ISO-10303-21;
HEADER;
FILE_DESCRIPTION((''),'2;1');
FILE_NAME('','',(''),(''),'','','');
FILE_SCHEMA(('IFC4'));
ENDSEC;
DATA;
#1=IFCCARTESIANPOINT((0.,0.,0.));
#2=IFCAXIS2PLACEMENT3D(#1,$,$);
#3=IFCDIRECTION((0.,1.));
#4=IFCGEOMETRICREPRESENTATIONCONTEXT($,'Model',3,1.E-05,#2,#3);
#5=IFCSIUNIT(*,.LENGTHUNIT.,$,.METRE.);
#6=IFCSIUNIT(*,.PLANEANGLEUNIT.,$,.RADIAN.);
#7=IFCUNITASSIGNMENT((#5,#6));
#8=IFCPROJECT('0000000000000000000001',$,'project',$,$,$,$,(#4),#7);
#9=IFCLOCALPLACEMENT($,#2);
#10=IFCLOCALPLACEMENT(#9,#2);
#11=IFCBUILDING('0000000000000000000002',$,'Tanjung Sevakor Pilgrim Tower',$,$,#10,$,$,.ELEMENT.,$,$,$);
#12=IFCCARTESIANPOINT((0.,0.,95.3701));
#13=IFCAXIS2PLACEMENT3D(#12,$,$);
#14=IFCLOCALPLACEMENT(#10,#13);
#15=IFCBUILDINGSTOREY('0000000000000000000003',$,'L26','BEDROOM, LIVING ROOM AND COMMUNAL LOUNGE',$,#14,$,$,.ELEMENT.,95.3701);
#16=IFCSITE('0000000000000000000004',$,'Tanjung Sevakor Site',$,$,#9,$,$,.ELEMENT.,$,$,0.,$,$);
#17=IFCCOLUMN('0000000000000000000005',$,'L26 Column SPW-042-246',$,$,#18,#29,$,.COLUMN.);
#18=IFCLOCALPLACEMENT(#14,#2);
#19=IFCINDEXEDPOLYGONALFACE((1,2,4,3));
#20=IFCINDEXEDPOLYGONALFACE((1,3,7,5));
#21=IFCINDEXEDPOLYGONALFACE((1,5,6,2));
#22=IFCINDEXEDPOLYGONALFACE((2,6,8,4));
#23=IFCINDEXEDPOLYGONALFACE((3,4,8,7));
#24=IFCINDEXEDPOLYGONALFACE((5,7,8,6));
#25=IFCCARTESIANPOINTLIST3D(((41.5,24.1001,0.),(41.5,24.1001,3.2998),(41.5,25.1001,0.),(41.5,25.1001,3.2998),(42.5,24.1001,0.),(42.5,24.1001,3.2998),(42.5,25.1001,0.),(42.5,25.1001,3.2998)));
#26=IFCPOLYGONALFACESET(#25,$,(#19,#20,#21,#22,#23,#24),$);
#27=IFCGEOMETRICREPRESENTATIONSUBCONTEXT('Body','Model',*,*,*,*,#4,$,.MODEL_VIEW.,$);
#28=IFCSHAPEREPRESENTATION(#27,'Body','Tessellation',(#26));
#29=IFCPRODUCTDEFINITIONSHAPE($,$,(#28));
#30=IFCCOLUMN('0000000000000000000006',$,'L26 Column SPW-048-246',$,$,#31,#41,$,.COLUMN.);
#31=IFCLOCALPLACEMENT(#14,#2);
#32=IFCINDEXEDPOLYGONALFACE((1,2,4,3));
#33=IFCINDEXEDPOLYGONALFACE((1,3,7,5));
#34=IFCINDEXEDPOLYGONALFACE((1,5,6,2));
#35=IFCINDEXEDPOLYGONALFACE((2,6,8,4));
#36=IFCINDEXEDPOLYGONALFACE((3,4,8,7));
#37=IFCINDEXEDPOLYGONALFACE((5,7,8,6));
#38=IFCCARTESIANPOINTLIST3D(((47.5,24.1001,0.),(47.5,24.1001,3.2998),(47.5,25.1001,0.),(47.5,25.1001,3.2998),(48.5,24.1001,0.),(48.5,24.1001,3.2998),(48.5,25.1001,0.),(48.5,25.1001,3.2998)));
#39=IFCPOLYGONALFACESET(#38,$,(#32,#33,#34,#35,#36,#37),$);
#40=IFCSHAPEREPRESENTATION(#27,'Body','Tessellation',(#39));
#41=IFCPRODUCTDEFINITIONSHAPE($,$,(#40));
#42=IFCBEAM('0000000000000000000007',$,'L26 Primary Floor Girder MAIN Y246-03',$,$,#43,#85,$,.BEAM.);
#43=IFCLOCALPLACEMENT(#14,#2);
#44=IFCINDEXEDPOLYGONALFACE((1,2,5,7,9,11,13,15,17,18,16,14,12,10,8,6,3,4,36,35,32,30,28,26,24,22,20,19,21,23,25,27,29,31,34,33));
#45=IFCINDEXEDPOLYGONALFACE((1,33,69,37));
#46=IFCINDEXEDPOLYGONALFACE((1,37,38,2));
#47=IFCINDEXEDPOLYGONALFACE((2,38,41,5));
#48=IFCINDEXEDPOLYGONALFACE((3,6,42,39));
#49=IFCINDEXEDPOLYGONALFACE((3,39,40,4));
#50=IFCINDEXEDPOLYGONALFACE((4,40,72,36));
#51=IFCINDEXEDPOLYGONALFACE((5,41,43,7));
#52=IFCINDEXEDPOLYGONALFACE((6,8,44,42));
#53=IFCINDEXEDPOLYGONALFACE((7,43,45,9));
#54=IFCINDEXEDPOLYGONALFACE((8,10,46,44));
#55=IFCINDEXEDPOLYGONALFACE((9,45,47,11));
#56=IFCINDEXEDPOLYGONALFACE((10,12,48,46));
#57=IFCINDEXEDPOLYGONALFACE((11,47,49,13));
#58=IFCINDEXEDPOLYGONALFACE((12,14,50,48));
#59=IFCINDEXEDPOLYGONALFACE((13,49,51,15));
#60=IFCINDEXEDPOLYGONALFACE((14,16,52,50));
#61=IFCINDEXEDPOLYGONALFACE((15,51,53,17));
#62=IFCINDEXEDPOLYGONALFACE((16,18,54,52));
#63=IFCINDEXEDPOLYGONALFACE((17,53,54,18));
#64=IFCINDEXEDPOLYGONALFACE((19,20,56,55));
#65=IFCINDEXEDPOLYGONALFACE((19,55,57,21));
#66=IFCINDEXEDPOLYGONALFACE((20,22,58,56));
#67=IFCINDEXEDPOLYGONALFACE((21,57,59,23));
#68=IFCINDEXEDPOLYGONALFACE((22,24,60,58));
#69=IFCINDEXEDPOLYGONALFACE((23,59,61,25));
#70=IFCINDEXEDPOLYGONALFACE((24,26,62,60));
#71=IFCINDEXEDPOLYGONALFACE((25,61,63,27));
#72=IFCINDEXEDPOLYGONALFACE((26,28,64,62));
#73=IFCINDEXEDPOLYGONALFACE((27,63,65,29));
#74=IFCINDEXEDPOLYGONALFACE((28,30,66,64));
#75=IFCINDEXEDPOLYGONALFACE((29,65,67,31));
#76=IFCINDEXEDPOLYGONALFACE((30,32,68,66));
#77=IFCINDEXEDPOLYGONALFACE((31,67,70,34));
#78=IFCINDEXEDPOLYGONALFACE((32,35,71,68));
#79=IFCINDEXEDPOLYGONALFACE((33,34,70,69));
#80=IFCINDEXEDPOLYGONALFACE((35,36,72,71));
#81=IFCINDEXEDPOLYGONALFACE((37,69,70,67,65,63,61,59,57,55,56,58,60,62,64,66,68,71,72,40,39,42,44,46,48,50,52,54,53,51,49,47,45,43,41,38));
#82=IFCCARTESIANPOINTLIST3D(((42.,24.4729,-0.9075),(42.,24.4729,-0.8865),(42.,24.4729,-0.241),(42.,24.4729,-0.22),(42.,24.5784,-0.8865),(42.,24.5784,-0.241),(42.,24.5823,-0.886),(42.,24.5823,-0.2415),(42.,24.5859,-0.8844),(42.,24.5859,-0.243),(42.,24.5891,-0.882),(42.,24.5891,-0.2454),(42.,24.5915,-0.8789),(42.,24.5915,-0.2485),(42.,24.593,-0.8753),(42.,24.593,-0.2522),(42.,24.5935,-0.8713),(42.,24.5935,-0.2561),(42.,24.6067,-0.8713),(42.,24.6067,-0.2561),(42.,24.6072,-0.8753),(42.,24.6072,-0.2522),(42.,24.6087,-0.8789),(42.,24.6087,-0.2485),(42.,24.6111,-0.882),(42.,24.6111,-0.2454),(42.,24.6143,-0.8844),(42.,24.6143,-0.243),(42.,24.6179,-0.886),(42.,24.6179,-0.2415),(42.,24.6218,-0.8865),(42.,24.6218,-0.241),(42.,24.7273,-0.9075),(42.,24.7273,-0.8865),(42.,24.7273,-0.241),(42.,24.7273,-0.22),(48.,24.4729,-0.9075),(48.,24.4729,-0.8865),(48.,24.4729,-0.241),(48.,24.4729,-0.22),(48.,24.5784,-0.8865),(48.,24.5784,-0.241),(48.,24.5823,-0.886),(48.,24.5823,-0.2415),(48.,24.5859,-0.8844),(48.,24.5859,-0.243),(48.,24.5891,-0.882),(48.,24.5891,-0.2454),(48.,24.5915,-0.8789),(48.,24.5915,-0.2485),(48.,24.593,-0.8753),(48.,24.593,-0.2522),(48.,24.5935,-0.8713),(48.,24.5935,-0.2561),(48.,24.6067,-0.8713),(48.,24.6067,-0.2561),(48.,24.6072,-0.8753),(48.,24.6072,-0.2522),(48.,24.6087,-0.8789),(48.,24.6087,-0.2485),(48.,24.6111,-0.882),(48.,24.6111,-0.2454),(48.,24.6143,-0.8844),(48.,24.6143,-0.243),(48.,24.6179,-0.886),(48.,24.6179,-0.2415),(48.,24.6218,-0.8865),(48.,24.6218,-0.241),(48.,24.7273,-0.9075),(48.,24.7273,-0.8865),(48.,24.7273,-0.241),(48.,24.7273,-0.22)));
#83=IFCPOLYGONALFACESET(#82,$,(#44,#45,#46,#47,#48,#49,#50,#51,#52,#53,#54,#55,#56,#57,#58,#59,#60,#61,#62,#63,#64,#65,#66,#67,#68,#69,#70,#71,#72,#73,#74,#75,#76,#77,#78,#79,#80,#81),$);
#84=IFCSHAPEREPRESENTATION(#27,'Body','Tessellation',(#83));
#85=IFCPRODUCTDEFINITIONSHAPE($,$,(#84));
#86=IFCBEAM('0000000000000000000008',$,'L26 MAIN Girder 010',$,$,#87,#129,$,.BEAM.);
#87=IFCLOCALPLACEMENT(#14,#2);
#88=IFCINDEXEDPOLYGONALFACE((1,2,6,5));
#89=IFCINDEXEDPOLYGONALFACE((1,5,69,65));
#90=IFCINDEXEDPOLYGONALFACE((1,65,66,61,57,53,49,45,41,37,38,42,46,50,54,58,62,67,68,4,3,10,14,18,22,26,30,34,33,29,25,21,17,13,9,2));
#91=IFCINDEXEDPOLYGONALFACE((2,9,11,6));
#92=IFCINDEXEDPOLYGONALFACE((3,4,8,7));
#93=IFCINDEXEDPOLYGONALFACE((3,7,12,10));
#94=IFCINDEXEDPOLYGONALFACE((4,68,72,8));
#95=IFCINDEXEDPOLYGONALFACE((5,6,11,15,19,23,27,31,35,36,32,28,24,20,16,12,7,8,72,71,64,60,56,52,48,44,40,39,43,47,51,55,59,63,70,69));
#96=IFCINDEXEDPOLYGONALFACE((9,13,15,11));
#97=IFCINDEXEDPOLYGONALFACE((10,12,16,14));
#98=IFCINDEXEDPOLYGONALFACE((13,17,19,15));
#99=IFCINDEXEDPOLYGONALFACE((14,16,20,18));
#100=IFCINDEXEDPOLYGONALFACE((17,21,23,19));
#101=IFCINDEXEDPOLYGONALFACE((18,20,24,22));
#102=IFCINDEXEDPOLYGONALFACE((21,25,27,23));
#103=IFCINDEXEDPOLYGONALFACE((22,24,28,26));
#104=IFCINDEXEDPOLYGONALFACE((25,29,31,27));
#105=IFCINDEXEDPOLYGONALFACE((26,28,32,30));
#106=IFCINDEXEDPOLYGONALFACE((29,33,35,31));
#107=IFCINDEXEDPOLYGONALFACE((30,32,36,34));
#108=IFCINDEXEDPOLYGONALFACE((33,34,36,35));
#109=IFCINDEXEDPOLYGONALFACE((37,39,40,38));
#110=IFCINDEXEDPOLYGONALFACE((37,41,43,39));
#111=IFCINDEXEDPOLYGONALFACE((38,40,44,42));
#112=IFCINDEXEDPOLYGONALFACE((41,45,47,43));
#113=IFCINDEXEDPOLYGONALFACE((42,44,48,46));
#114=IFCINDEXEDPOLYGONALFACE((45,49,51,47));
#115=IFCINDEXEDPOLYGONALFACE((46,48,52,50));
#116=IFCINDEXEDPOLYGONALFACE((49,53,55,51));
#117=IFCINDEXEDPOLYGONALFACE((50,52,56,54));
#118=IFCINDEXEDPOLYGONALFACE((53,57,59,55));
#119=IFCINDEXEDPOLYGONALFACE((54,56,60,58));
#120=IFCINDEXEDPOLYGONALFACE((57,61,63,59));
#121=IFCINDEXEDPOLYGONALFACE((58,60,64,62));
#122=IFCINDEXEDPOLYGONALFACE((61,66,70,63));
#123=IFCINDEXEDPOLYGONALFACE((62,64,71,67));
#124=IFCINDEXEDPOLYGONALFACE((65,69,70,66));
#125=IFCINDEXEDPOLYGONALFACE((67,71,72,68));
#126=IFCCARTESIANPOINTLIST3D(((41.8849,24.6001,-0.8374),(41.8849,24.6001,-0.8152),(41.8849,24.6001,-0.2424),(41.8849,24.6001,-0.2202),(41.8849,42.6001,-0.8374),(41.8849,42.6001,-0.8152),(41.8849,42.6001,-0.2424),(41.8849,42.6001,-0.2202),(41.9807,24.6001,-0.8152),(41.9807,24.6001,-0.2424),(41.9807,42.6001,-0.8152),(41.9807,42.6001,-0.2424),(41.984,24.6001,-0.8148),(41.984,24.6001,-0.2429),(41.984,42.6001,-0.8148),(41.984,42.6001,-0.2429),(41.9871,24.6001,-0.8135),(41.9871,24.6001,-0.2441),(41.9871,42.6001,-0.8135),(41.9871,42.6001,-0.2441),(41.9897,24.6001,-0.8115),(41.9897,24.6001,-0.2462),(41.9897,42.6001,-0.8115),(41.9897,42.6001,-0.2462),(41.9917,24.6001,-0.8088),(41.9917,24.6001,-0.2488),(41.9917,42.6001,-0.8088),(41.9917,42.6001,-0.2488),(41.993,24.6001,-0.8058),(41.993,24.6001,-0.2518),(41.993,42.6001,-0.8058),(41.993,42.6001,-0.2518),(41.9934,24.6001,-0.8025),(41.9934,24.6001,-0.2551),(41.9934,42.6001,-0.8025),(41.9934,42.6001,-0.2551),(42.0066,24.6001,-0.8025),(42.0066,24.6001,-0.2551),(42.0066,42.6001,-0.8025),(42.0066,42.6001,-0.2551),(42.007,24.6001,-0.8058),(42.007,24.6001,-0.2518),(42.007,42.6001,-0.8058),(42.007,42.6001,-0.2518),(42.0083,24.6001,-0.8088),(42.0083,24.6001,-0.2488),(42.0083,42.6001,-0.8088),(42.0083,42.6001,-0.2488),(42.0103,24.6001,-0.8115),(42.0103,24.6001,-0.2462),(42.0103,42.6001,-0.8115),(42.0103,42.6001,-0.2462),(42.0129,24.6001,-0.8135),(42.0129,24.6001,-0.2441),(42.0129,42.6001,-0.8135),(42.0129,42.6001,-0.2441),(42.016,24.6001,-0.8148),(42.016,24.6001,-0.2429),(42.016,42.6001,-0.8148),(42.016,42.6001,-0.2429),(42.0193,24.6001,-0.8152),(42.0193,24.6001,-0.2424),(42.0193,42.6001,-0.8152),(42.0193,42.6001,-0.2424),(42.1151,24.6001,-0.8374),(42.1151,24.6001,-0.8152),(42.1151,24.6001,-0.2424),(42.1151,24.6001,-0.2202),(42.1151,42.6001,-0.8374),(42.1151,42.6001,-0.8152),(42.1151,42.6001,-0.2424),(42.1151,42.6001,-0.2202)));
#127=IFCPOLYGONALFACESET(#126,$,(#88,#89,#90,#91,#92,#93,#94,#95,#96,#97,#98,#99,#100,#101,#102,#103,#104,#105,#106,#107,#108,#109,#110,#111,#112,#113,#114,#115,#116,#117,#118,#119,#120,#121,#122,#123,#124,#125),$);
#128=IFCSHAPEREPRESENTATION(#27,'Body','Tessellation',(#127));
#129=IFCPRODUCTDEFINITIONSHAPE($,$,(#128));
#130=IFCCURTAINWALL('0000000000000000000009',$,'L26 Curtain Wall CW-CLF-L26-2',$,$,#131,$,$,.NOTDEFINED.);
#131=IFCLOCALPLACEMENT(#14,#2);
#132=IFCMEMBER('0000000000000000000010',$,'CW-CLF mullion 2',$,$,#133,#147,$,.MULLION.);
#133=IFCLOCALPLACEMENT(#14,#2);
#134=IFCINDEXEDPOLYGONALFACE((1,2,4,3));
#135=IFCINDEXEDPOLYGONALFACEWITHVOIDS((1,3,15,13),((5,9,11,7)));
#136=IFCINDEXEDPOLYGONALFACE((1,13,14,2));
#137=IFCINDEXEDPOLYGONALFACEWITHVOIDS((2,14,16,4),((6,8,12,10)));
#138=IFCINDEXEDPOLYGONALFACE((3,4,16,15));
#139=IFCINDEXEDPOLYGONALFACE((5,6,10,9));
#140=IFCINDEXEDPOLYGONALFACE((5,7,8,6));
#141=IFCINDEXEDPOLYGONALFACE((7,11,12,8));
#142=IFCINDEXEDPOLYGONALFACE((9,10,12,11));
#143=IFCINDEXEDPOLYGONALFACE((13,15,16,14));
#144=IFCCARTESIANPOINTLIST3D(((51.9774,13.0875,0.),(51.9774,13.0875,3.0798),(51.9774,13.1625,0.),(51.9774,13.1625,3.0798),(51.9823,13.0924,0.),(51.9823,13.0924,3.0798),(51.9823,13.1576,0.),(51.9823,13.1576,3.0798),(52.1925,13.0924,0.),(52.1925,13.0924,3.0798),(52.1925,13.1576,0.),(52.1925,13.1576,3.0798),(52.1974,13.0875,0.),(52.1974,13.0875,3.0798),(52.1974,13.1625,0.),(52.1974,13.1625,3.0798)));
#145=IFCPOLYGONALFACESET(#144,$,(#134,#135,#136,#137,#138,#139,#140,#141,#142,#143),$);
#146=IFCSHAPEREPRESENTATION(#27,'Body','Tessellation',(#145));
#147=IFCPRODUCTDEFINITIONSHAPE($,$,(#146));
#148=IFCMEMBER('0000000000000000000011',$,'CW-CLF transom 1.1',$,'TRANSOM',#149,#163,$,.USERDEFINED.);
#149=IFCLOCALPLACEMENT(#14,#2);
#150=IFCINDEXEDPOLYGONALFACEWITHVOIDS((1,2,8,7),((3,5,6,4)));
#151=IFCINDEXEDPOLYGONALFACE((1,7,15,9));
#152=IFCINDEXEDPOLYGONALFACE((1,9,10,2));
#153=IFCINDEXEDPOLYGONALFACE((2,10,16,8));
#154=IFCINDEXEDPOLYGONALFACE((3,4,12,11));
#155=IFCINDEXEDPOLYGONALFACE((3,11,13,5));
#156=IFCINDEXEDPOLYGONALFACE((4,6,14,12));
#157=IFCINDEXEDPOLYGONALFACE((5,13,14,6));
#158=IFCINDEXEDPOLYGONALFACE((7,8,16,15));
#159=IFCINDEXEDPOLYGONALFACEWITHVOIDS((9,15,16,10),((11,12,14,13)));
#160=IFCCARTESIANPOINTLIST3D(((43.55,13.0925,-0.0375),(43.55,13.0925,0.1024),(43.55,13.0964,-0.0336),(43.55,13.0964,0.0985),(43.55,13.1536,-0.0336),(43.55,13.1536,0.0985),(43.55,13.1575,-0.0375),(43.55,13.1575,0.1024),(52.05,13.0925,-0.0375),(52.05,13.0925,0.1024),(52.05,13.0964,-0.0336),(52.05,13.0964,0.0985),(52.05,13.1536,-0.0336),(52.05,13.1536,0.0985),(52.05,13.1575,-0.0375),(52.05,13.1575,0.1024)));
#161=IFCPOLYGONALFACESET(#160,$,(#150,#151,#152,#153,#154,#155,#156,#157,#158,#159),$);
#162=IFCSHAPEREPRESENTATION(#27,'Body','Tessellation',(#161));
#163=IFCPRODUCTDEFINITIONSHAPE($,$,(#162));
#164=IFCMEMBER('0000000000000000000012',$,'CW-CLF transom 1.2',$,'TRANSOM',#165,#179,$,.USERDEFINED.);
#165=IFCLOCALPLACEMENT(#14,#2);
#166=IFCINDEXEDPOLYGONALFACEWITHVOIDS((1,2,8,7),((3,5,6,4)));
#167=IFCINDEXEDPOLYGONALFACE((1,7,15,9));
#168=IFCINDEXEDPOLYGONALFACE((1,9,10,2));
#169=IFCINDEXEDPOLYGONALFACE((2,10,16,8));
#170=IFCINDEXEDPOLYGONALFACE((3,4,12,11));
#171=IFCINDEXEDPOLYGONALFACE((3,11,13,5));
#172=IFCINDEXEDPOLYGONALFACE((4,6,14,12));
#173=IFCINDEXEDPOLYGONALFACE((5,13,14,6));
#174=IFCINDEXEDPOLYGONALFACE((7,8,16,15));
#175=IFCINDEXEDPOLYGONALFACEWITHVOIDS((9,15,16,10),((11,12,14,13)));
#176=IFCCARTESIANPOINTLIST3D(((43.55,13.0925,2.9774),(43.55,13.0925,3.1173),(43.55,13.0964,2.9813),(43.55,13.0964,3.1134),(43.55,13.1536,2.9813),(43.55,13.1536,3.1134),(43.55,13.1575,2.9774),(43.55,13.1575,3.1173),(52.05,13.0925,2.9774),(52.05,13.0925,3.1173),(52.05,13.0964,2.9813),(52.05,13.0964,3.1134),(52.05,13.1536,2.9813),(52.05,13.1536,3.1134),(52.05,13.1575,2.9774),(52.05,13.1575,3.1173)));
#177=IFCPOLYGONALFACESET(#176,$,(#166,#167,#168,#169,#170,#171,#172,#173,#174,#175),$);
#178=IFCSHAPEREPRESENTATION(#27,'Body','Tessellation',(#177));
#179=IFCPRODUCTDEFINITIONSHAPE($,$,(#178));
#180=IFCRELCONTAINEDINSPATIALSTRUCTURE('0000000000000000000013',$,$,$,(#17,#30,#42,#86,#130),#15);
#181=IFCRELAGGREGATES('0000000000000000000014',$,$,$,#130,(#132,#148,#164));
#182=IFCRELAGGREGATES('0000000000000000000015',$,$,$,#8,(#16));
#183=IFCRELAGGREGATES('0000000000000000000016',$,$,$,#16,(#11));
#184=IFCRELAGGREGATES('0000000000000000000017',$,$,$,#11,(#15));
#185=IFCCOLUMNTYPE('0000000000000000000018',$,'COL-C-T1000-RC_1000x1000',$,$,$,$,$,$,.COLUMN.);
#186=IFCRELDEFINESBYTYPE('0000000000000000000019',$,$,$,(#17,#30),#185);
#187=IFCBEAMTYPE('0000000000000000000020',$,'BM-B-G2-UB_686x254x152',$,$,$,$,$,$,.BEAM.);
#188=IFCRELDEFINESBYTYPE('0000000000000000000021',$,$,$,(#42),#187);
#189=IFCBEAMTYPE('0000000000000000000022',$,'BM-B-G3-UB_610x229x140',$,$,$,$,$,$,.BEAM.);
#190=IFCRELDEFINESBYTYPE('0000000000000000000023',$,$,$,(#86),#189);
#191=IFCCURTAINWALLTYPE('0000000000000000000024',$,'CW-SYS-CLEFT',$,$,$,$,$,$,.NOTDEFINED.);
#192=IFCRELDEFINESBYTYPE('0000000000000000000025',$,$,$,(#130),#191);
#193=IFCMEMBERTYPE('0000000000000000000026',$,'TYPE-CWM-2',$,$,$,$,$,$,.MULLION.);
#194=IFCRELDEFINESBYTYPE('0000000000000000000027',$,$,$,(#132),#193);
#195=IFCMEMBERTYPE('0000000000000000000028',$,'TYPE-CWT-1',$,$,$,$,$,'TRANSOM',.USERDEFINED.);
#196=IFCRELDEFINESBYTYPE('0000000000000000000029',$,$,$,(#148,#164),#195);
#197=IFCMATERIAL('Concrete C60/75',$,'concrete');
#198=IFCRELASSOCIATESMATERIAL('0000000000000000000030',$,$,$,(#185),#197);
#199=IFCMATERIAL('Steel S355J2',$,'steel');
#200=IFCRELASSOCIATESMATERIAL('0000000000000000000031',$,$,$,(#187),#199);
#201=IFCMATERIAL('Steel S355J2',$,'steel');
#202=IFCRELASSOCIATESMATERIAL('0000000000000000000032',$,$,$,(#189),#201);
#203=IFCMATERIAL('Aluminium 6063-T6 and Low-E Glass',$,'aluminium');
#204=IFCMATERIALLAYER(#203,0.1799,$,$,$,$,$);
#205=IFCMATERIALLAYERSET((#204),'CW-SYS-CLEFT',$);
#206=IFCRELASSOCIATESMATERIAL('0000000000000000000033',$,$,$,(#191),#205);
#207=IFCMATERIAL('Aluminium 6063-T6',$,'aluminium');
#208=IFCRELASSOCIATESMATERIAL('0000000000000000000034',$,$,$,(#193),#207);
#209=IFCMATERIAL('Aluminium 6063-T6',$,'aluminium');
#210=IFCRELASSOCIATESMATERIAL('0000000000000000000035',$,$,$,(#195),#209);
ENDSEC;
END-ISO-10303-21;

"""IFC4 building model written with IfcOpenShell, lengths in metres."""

from ifc_helpers import new_model, si_unit, direction, frame, origin, origin_2d, place, context, subcontext, project, spatial, rectangle, hollow_rectangle, i_section, extrude, material, layer, layer_set, material_profile, profile_set, type_object, element, aggregate, save


model = new_model("IFC4")

# Units and contexts
model_context = context("Model", 3, precision=1e-05, world=origin(), true_north=direction((0.0, 1.0)))
body_context = subcontext(model_context, "Body", "Model", "MODEL_VIEW")
ifc_project = project(units=[si_unit("LENGTHUNIT", "METRE"), si_unit("PLANEANGLEUNIT", "RADIAN")], contexts=[model_context])

# Site, building, storey
site_placement = place(None, origin())
site = spatial("IfcSite", under=ifc_project, at=site_placement, Name="Tanjung Sevakor Site", CompositionType="ELEMENT", RefElevation=0.0)
building_placement = place(site_placement, origin())
building = spatial("IfcBuilding", under=site, at=building_placement, Name="Tanjung Sevakor Pilgrim Tower", CompositionType="ELEMENT")
storey_placement = place(building_placement, frame((0.0, 0.0, 95.3701)))
storey = spatial("IfcBuildingStorey", under=building, at=storey_placement, Name="L26", Description="BEDROOM, LIVING ROOM AND COMMUNAL LOUNGE", CompositionType="ELEMENT", Elevation=95.3701)

# Columns
ifc_material_1 = material(Name="Concrete C60/75", Category="concrete")
ifc_material_profile_1 = material_profile(ifc_material_1, rectangle(XDim=1.0, YDim=1.0, at=origin_2d()))
ifc_profile_set_1 = profile_set([ifc_material_profile_1], Name="Concrete C60/75")
column_type = type_object("IfcColumnType", Name="COL-C-T1000-RC_1000x1000", PredefinedType="COLUMN", material=ifc_profile_set_1)
for number, where, z_axis, x_axis, name in (
    (1, (42.0, 24.6001, 0.0), (0.0, 0.0, 1.0), (1.0, 0.0, 0.0), "L26 Column SPW-042-246"),
    (2, (48.0, 24.6001, 0.0), (0.0, 0.0, 1.0), (1.0, 0.0, 0.0), "L26 Column SPW-048-246"),
):
    element("IfcColumn", number, at=place(storey_placement, frame(where, z_axis=z_axis, x_axis=x_axis)), inside=storey, type_object=column_type, Name=name, PredefinedType="COLUMN", context=body_context, shape_type="SweptSolid", body=[
        extrude(rectangle(XDim=1.0, YDim=1.0, at=origin_2d()), origin(), (0.0, 0.0, 1.0), 3.2998),
    ])

# Beams
ifc_material_2 = material(Name="Steel S355J2", Category="steel")
ifc_material_profile_2 = material_profile(ifc_material_2, i_section(OverallWidth=0.2544, OverallDepth=0.6875, WebThickness=0.0132, FlangeThickness=0.021, FilletRadius=0.0151, at=origin_2d()))
ifc_profile_set_2 = profile_set([ifc_material_profile_2], Name="Steel S355J2")
beam_type_1 = type_object("IfcBeamType", Name="BM-B-G2-UB_686x254x152", PredefinedType="BEAM", material=ifc_profile_set_2)
beam_1_placement = place(storey_placement, frame((42.0, 24.6001, -0.5637), z_axis=(1.0, 0.0, 0.0), x_axis=(0.0, 1.0, 0.0)))
element("IfcBeam", 3, at=beam_1_placement, inside=storey, type_object=beam_type_1, Name="L26 Primary Floor Girder MAIN Y246-03", PredefinedType="BEAM", context=body_context, shape_type="SweptSolid", body=[
    extrude(i_section(OverallWidth=0.2544, OverallDepth=0.6875, WebThickness=0.0132, FlangeThickness=0.021, FilletRadius=0.0151, at=origin_2d()), origin(), (0.0, 0.0, 1.0), 6.0),
])
ifc_material_3 = material(Name="Steel S355J2", Category="steel")
ifc_material_profile_3 = material_profile(ifc_material_3, i_section(OverallWidth=0.2302, OverallDepth=0.6172, WebThickness=0.0132, FlangeThickness=0.0222, FilletRadius=0.0127, at=origin_2d()))
ifc_profile_set_3 = profile_set([ifc_material_profile_3], Name="Steel S355J2")
beam_type_2 = type_object("IfcBeamType", Name="BM-B-G3-UB_610x229x140", PredefinedType="BEAM", material=ifc_profile_set_3)
beam_2_placement = place(storey_placement, frame((42.0, 24.6001, -0.5288), z_axis=(0.0, 1.0, 0.0), x_axis=(-1.0, 0.0, 0.0)))
element("IfcBeam", 4, at=beam_2_placement, inside=storey, type_object=beam_type_2, Name="L26 MAIN Girder 010", PredefinedType="BEAM", context=body_context, shape_type="SweptSolid", body=[
    extrude(i_section(OverallWidth=0.2302, OverallDepth=0.6172, WebThickness=0.0132, FlangeThickness=0.0222, FilletRadius=0.0127, at=origin_2d()), origin(), (0.0, 0.0, 1.0), 18.0),
])

# Curtain wall, members
ifc_material_4 = material(Name="Aluminium 6063-T6 and Low-E Glass", Category="aluminium")
ifc_layer_1 = layer(ifc_material_4, 0.1799)
ifc_layer_set_1 = layer_set([ifc_layer_1], Name="CW-SYS-CLEFT")
curtain_wall_type = type_object("IfcCurtainWallType", Name="CW-SYS-CLEFT", PredefinedType="NOTDEFINED", material=ifc_layer_set_1)
curtain_wall_placement = place(storey_placement, origin())
curtain_wall = element("IfcCurtainWall", 5, at=curtain_wall_placement, inside=storey, type_object=curtain_wall_type, Name="L26 Curtain Wall CW-CLF-L26-2", PredefinedType="NOTDEFINED")
ifc_material_5 = material(Name="Aluminium 6063-T6", Category="aluminium")
ifc_material_profile_4 = material_profile(ifc_material_5, hollow_rectangle(XDim=0.075, YDim=0.22, WallThickness=0.0049, at=origin_2d()))
ifc_profile_set_4 = profile_set([ifc_material_profile_4], Name="Aluminium 6063-T6")
member_type_1 = type_object("IfcMemberType", Name="TYPE-CWM-2", PredefinedType="MULLION", material=ifc_profile_set_4)
member_1_placement = place(storey_placement, frame((52.0874, 13.125, 0.0), z_axis=(0.0, 0.0, 1.0), x_axis=(0.0, 1.0, 0.0)))
member_1 = element("IfcMember", 6, at=member_1_placement, type_object=member_type_1, Name="CW-CLF mullion 2", PredefinedType="MULLION", context=body_context, shape_type="SweptSolid", body=[
    extrude(hollow_rectangle(XDim=0.075, YDim=0.22, WallThickness=0.0049, at=origin_2d()), origin(), (0.0, 0.0, 1.0), 3.0798),
])
ifc_material_6 = material(Name="Aluminium 6063-T6", Category="aluminium")
ifc_material_profile_5 = material_profile(ifc_material_6, hollow_rectangle(XDim=0.0649, YDim=0.1399, WallThickness=0.0039, at=origin_2d()))
ifc_profile_set_5 = profile_set([ifc_material_profile_5], Name="Aluminium 6063-T6")
member_type_2 = type_object("IfcMemberType", Name="TYPE-CWT-1", ElementType="TRANSOM", PredefinedType="USERDEFINED", material=ifc_profile_set_5)
member_2_placement = place(storey_placement, frame((43.55, 13.125, 0.0325), z_axis=(1.0, 0.0, 0.0), x_axis=(0.0, 1.0, 0.0)))
member_2 = element("IfcMember", 7, at=member_2_placement, type_object=member_type_2, Name="CW-CLF transom 1.1", ObjectType="TRANSOM", PredefinedType="USERDEFINED", context=body_context, shape_type="SweptSolid", body=[
    extrude(hollow_rectangle(XDim=0.0649, YDim=0.1399, WallThickness=0.0039, at=origin_2d()), origin(), (0.0, 0.0, 1.0), 8.5),
])
member_3_placement = place(storey_placement, frame((43.55, 13.125, 3.0474), z_axis=(1.0, 0.0, 0.0), x_axis=(0.0, 1.0, 0.0)))
member_3 = element("IfcMember", 8, at=member_3_placement, type_object=member_type_2, Name="CW-CLF transom 1.2", ObjectType="TRANSOM", PredefinedType="USERDEFINED", context=body_context, shape_type="SweptSolid", body=[
    extrude(hollow_rectangle(XDim=0.0649, YDim=0.1399, WallThickness=0.0039, at=origin_2d()), origin(), (0.0, 0.0, 1.0), 8.5),
])
aggregate(curtain_wall, [member_1, member_2, member_3])

save(model, "model.ifc")
